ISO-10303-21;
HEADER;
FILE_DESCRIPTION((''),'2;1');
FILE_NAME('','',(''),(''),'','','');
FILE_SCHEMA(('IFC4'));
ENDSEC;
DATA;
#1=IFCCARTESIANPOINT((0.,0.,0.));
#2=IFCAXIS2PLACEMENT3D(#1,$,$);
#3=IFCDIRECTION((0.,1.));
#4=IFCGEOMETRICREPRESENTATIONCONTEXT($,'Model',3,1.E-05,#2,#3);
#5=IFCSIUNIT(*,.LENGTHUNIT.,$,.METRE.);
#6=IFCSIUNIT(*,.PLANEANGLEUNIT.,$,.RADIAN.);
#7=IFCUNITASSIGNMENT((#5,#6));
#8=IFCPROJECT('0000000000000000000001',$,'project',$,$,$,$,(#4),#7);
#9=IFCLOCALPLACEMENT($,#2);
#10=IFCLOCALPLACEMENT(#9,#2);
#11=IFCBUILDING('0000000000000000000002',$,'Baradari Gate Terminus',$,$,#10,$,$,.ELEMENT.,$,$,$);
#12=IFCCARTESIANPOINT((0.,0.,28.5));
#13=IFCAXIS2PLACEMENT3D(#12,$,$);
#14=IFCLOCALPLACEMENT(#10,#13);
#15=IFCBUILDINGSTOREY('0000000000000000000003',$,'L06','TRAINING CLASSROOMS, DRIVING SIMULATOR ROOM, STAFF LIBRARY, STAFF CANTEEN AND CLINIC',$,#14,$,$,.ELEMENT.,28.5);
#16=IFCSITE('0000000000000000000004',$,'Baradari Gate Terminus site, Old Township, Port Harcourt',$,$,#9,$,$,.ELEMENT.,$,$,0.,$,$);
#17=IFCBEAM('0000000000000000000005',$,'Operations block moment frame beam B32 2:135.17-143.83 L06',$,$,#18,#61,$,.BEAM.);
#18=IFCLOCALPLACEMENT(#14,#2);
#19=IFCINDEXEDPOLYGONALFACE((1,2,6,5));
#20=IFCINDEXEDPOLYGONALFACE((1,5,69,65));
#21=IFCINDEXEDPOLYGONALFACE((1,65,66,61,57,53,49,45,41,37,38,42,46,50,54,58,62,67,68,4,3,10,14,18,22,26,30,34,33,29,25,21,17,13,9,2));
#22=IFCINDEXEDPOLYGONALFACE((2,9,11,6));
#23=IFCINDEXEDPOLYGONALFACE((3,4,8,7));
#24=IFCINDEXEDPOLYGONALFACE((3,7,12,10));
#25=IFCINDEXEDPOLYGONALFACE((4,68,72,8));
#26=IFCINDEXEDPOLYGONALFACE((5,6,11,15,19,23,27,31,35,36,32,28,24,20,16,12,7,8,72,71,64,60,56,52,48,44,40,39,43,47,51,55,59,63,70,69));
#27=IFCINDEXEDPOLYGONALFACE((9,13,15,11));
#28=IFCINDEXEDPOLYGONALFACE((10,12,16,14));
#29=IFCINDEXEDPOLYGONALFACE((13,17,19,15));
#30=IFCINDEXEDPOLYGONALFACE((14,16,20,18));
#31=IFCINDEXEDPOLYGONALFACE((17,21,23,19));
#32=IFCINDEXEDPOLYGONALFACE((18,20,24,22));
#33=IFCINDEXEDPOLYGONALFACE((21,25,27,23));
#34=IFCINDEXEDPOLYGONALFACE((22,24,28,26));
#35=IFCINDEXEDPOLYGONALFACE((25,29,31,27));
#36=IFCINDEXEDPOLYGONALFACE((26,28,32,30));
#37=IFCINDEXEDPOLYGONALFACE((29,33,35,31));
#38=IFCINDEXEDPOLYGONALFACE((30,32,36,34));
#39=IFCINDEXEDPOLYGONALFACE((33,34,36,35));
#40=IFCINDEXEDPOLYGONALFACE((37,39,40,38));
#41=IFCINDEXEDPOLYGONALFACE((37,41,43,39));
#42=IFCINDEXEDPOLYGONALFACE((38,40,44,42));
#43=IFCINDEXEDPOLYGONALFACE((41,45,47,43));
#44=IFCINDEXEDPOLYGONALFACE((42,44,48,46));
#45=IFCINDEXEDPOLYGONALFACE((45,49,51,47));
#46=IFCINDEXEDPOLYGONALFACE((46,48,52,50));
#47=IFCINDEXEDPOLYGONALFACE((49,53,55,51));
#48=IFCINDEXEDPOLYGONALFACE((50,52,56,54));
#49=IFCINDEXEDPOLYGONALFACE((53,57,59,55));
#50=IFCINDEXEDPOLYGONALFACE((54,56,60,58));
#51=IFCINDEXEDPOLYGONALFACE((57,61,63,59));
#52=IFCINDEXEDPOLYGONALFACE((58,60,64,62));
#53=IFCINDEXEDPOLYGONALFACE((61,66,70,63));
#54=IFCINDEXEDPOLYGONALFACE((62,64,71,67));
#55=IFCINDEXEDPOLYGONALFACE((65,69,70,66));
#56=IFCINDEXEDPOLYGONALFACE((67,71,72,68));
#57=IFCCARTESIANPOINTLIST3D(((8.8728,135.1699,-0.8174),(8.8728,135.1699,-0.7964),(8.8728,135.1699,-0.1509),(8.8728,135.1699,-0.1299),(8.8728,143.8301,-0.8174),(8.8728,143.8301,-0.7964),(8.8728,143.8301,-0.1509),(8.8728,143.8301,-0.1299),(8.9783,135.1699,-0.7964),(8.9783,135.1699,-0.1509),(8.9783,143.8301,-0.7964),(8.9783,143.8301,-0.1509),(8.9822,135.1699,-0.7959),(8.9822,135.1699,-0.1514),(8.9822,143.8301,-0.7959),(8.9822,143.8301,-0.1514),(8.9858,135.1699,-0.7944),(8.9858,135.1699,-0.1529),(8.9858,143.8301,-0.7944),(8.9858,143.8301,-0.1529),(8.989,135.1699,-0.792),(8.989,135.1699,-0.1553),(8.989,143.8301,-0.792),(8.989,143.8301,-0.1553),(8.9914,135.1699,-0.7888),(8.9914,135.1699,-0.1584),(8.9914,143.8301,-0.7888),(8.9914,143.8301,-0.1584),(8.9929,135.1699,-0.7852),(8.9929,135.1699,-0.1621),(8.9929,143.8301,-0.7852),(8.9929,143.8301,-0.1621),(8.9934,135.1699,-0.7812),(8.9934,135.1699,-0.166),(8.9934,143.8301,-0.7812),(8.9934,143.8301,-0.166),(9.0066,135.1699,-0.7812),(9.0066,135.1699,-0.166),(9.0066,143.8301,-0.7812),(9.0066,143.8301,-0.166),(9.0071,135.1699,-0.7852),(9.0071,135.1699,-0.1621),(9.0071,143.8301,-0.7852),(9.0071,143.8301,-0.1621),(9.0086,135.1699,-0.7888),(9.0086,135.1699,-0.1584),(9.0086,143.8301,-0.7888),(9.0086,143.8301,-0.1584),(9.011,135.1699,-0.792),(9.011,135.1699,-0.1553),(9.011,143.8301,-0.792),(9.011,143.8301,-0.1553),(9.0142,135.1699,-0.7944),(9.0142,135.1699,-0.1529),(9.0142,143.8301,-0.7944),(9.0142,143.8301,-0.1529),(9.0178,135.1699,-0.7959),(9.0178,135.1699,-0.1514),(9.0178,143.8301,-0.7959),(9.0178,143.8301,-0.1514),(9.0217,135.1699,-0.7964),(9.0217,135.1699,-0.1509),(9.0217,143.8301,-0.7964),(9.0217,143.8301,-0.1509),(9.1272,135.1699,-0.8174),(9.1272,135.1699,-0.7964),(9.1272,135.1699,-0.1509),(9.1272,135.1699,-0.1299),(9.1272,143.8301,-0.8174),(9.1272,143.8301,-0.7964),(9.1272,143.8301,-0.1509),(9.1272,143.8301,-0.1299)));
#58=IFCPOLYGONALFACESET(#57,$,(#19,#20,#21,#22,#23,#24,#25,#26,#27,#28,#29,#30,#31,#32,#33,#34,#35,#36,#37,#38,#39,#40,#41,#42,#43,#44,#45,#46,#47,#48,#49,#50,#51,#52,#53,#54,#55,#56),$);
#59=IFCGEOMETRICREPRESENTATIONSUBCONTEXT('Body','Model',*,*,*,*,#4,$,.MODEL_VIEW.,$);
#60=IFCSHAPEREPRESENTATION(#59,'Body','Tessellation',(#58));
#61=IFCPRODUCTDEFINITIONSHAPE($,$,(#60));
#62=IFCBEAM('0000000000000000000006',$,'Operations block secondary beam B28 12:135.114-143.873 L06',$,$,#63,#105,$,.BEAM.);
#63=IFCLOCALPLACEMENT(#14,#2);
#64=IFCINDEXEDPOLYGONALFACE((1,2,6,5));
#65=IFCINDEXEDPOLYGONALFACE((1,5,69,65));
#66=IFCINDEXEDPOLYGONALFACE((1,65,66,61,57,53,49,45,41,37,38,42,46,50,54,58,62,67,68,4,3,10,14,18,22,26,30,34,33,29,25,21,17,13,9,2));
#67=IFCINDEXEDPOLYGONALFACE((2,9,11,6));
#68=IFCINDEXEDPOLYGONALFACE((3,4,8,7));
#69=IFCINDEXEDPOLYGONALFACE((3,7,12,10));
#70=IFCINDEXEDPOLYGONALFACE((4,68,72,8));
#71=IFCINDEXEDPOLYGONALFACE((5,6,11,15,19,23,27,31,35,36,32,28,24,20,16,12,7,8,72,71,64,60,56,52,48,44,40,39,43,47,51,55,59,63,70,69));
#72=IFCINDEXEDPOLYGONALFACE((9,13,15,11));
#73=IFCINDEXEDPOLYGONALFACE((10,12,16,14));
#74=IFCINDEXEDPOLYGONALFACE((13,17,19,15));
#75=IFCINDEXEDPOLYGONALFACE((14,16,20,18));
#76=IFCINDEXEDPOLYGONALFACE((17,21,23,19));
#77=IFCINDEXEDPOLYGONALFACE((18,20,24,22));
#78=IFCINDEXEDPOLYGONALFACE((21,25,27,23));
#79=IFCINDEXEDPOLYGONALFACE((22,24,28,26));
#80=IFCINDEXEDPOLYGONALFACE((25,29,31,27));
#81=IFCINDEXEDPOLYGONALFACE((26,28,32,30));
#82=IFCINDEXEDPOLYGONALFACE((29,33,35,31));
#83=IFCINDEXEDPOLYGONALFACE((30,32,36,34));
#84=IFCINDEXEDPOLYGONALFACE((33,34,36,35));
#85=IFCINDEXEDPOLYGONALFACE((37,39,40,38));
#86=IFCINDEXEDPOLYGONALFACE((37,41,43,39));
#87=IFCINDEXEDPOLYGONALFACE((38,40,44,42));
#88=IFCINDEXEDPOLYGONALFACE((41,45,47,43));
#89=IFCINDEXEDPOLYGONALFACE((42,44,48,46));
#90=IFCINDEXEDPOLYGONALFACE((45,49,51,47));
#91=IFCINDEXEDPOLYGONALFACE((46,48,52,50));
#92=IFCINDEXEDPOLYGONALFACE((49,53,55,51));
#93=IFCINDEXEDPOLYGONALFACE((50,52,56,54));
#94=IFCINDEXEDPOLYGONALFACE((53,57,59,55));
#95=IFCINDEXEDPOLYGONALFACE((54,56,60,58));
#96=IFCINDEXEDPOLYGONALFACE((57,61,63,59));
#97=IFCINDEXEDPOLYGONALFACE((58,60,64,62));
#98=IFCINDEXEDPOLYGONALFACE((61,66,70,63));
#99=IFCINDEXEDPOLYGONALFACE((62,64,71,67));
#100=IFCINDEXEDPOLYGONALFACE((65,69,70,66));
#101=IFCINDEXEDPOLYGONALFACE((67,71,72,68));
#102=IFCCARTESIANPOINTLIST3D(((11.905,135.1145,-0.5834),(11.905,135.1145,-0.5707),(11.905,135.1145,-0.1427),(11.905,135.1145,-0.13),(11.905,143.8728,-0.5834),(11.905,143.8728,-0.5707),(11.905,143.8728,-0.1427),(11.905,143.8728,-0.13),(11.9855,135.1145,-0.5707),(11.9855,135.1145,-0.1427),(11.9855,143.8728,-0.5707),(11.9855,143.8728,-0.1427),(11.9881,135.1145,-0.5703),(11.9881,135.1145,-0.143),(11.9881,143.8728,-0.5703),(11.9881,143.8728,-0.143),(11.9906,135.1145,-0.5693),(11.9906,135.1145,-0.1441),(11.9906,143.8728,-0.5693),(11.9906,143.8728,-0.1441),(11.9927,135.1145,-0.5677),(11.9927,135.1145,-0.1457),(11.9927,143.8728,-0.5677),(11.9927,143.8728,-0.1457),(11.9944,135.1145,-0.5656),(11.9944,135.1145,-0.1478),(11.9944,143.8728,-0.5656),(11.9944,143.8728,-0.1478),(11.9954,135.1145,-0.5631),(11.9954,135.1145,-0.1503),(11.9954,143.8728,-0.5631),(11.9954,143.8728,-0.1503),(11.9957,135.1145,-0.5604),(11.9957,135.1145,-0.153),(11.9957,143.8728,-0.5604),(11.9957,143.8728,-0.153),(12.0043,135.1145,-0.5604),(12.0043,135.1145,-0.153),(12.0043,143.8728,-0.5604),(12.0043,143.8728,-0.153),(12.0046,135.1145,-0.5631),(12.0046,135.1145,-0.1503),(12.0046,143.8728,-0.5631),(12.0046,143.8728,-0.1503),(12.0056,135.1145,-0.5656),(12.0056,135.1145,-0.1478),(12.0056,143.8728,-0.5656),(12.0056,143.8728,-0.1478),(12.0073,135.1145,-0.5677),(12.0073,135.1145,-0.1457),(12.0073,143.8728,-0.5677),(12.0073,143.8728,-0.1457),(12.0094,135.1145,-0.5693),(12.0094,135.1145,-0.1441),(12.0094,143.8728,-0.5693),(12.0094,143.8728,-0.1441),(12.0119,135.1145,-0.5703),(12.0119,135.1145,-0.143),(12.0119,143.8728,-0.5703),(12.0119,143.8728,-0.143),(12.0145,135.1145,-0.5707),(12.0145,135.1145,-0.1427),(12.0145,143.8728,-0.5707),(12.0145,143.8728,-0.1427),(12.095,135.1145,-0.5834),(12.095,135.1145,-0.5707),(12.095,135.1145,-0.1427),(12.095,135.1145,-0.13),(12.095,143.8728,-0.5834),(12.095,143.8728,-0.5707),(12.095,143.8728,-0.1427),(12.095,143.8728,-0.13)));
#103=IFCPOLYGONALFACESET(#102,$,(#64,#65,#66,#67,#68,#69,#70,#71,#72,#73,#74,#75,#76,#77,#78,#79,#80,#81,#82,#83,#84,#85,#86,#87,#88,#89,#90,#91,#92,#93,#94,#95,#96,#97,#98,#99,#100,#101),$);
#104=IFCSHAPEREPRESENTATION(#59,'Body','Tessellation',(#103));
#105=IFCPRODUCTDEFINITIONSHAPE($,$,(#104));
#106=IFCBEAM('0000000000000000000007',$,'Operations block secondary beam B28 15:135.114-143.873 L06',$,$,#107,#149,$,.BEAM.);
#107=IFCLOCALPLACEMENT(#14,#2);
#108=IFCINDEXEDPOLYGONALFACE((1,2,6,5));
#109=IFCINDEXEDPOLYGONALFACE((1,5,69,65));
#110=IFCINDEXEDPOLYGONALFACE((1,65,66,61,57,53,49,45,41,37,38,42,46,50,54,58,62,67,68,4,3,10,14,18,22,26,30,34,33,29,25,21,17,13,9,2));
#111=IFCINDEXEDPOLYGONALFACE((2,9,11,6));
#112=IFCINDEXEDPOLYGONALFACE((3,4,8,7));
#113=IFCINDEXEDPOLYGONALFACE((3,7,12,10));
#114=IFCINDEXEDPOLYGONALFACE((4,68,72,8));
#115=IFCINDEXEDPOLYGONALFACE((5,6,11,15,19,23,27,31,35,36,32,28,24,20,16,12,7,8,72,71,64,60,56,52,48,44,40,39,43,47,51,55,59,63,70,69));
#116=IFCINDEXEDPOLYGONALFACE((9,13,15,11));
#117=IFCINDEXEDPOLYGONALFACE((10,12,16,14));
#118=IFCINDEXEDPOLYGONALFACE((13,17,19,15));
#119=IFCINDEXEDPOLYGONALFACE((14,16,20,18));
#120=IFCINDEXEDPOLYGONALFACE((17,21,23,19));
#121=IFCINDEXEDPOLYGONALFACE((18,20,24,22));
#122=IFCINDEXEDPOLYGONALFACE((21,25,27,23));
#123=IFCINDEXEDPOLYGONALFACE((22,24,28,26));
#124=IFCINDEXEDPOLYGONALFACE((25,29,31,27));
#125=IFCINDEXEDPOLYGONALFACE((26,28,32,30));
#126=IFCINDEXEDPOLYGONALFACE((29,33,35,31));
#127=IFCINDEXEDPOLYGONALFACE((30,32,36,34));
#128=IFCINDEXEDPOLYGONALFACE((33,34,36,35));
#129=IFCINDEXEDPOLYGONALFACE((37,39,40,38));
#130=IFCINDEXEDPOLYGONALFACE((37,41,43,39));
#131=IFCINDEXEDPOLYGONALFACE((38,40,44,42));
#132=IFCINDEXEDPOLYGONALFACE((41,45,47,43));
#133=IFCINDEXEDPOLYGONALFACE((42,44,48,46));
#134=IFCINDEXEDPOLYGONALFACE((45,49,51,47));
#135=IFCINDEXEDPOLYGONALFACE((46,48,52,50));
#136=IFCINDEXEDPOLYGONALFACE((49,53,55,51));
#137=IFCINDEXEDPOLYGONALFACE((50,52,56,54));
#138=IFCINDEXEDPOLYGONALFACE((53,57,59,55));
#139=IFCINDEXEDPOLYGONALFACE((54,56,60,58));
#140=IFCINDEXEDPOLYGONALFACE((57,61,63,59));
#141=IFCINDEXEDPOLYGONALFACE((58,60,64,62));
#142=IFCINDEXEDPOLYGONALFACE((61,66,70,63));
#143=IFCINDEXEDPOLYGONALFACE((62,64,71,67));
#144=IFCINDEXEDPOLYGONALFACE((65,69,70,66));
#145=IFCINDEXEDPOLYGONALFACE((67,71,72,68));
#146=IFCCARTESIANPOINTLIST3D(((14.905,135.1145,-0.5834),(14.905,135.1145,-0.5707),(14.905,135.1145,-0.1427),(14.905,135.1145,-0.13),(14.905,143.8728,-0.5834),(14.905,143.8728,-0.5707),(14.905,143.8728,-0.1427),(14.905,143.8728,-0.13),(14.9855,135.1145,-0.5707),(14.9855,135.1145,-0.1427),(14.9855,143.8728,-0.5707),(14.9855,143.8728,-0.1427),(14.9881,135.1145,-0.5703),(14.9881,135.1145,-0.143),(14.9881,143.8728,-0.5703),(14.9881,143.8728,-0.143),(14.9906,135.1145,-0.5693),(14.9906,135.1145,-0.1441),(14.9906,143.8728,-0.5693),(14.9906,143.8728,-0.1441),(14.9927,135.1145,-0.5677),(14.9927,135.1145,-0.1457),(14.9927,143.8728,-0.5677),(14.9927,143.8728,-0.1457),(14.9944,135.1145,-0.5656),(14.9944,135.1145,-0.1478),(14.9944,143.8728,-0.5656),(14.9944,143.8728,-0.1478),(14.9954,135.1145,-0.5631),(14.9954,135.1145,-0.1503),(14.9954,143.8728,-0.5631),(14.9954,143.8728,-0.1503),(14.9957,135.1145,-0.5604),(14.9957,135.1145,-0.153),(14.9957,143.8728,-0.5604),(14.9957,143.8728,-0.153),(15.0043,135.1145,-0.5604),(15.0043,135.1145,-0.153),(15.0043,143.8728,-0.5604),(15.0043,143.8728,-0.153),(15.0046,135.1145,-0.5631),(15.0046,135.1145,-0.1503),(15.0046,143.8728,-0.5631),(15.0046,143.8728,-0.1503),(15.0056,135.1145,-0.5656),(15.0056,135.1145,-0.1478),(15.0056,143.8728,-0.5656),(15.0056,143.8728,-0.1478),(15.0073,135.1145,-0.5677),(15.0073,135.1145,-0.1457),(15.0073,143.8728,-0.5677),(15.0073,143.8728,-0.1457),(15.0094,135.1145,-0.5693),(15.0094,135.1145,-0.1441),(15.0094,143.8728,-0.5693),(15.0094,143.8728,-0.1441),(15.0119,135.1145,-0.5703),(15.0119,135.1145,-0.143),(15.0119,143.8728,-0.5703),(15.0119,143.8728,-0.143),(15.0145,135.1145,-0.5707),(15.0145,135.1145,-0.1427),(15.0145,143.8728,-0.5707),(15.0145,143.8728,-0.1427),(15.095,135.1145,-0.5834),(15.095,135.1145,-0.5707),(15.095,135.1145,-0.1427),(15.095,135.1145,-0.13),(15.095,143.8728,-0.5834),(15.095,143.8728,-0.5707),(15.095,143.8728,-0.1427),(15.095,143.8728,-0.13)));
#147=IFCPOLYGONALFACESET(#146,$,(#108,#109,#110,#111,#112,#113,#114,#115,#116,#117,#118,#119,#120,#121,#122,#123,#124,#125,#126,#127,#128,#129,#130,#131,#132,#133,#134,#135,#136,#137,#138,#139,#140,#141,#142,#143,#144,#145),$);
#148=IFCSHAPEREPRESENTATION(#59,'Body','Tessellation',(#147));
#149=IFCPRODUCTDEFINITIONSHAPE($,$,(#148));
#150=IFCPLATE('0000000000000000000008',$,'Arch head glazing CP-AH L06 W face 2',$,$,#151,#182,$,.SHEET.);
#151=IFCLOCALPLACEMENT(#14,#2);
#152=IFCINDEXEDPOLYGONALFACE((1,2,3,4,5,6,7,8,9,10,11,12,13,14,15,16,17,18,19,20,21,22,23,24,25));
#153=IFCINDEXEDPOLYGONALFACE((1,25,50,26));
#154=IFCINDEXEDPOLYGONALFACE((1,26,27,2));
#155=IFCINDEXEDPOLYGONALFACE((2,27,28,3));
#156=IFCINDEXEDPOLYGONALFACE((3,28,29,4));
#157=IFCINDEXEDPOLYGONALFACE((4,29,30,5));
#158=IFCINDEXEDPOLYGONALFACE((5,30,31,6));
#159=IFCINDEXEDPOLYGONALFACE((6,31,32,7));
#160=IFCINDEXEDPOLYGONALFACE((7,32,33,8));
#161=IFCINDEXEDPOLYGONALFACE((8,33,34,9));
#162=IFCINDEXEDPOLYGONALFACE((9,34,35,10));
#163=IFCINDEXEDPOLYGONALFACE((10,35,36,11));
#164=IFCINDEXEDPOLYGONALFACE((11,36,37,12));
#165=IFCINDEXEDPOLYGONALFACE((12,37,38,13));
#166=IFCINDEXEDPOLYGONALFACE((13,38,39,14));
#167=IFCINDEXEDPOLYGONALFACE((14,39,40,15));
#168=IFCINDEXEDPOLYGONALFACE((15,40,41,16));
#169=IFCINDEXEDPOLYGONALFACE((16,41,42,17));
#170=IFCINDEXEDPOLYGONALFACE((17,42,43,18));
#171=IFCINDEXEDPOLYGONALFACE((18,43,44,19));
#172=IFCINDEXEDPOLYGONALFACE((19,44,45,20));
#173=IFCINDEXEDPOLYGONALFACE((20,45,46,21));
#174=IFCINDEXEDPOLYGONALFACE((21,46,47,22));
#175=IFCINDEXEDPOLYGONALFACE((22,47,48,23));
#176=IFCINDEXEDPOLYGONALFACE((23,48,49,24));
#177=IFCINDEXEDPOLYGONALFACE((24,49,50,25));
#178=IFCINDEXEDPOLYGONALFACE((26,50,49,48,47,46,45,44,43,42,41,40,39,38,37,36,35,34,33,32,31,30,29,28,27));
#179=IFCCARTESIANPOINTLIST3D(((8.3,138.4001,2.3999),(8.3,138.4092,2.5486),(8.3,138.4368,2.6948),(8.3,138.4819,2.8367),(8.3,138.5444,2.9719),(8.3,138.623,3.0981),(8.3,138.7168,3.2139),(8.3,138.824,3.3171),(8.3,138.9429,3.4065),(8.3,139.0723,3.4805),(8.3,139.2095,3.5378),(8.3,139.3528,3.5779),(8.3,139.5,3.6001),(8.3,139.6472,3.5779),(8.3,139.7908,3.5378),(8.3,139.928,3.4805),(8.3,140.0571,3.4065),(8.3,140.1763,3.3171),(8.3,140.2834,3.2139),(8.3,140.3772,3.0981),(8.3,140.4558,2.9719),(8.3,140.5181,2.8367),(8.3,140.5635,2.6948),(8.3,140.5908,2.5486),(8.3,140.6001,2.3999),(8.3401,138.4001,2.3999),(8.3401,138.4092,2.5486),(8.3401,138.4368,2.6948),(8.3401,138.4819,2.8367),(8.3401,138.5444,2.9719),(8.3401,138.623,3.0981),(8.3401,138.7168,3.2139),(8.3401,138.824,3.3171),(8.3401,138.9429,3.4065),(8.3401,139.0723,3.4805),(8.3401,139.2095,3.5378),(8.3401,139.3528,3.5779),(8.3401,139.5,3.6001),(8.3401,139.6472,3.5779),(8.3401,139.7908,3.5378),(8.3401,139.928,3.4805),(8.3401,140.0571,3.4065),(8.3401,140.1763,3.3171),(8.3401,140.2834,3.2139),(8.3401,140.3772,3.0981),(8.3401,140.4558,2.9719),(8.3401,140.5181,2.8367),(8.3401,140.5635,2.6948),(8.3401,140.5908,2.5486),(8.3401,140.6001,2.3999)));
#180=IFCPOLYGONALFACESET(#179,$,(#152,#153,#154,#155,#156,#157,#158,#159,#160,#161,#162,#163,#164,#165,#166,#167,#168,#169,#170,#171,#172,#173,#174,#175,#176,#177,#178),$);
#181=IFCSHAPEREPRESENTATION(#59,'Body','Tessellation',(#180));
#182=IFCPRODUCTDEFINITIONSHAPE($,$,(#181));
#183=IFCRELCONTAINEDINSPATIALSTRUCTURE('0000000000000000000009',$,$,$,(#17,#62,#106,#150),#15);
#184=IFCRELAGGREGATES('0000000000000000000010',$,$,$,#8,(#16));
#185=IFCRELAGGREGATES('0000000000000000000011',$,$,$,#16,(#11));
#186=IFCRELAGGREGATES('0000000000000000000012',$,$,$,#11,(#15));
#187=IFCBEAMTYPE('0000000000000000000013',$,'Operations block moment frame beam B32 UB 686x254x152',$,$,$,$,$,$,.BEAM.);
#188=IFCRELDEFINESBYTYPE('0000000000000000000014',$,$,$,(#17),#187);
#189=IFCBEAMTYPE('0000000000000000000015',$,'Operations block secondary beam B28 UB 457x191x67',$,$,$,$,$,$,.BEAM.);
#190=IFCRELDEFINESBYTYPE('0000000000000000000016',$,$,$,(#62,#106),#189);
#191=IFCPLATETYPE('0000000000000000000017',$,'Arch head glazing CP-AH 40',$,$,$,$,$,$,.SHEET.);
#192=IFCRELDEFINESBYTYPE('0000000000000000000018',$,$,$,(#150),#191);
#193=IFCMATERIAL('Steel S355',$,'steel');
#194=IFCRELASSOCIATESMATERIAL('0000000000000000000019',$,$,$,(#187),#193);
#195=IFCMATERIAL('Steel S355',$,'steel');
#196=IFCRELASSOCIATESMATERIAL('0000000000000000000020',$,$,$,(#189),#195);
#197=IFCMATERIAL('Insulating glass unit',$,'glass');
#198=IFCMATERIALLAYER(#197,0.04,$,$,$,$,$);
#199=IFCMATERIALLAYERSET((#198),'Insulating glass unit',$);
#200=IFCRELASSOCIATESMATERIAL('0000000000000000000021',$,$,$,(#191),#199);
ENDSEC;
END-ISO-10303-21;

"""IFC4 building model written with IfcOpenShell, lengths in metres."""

from ifc_helpers import new_model, si_unit, direction, frame, origin, origin_2d, place, context, subcontext, project, spatial, polyline, i_section, outline, extrude, material, layer, layer_set, material_profile, profile_set, type_object, element, save


model = new_model("IFC4")

# Units and contexts
model_context = context("Model", 3, precision=1e-05, world=origin(), true_north=direction((0.0, 1.0)))
body_context = subcontext(model_context, "Body", "Model", "MODEL_VIEW")
ifc_project = project(units=[si_unit("LENGTHUNIT", "METRE"), si_unit("PLANEANGLEUNIT", "RADIAN")], contexts=[model_context])

# Site, building, storey
site_placement = place(None, origin())
site = spatial("IfcSite", under=ifc_project, at=site_placement, Name="Baradari Gate Terminus site, Old Township, Port Harcourt", CompositionType="ELEMENT", RefElevation=0.0)
building_placement = place(site_placement, origin())
building = spatial("IfcBuilding", under=site, at=building_placement, Name="Baradari Gate Terminus", CompositionType="ELEMENT")
storey_placement = place(building_placement, frame((0.0, 0.0, 28.5)))
storey = spatial("IfcBuildingStorey", under=building, at=storey_placement, Name="L06", Description="TRAINING CLASSROOMS, DRIVING SIMULATOR ROOM, STAFF LIBRARY, STAFF CANTEEN AND CLINIC", CompositionType="ELEMENT", Elevation=28.5)

# Beams
ifc_material_1 = material(Name="Steel S355", Category="steel")
ifc_material_profile_1 = material_profile(ifc_material_1, i_section(OverallWidth=0.2544, OverallDepth=0.6875, WebThickness=0.0132, FlangeThickness=0.021, FilletRadius=0.0151, at=origin_2d()), Name="UB 686x254x152")
ifc_profile_set_1 = profile_set([ifc_material_profile_1], Name="Steel S355")
beam_type_1 = type_object("IfcBeamType", Name="Operations block moment frame beam B32 UB 686x254x152", PredefinedType="BEAM", material=ifc_profile_set_1)
beam_1_placement = place(storey_placement, frame((9.0, 135.1699, -0.4736), z_axis=(0.0, 1.0, 0.0), x_axis=(-1.0, 0.0, 0.0)))
element("IfcBeam", 1, at=beam_1_placement, inside=storey, type_object=beam_type_1, Name="Operations block moment frame beam B32 2:135.17-143.83 L06", PredefinedType="BEAM", context=body_context, shape_type="SweptSolid", body=[
    extrude(i_section(OverallWidth=0.2544, OverallDepth=0.6875, WebThickness=0.0132, FlangeThickness=0.021, FilletRadius=0.0151, at=origin_2d()), origin(), (0.0, 0.0, 1.0), 8.6602),
])
ifc_material_2 = material(Name="Steel S355", Category="steel")
ifc_material_profile_2 = material_profile(ifc_material_2, i_section(OverallWidth=0.1899, OverallDepth=0.4534, WebThickness=0.0085, FlangeThickness=0.0127, FilletRadius=0.0103, at=origin_2d()), Name="UB 457x191x67")
ifc_profile_set_2 = profile_set([ifc_material_profile_2], Name="Steel S355")
beam_type_2 = type_object("IfcBeamType", Name="Operations block secondary beam B28 UB 457x191x67", PredefinedType="BEAM", material=ifc_profile_set_2)
for number, where, z_axis, x_axis, name in (
    (2, (12.0, 135.1145, -0.3567), (0.0, 1.0, 0.0), (-1.0, 0.0, 0.0), "Operations block secondary beam B28 12:135.114-143.873 L06"),
    (3, (15.0, 135.1145, -0.3567), (0.0, 1.0, 0.0), (-1.0, 0.0, 0.0), "Operations block secondary beam B28 15:135.114-143.873 L06"),
):
    element("IfcBeam", number, at=place(storey_placement, frame(where, z_axis=z_axis, x_axis=x_axis)), inside=storey, type_object=beam_type_2, Name=name, PredefinedType="BEAM", context=body_context, shape_type="SweptSolid", body=[
        extrude(i_section(OverallWidth=0.1899, OverallDepth=0.4534, WebThickness=0.0085, FlangeThickness=0.0127, FilletRadius=0.0103, at=origin_2d()), origin(), (0.0, 0.0, 1.0), 8.7583),
    ])

# Plate
ifc_material_3 = material(Name="Insulating glass unit", Category="glass")
ifc_layer_1 = layer(ifc_material_3, 0.04)
ifc_layer_set_1 = layer_set([ifc_layer_1], Name="Insulating glass unit")
plate_type_1 = type_object("IfcPlateType", Name="Arch head glazing CP-AH 40", PredefinedType="SHEET", material=ifc_layer_set_1)
for number, where, z_axis, x_axis, name in (
    (4, (8.3201, 140.6001, 2.3999), (0.0, 0.0, 1.0), (0.0, -1.0, 0.0), "Arch head glazing CP-AH L06 W face 2"),
):
    element("IfcPlate", number, at=place(storey_placement, frame(where, z_axis=z_axis, x_axis=x_axis)), inside=storey, type_object=plate_type_1, Name=name, PredefinedType="SHEET", context=body_context, shape_type="SweptSolid", body=[
        extrude(outline(polyline([(0.0, 0.0), (2.2, 0.0), (2.1909, 0.1487), (2.1633, 0.2949), (2.1182, 0.4368), (2.0557, 0.572), (1.9771, 0.6982), (1.8833, 0.814), (1.7761, 0.9172), (1.6572, 1.0066), (1.5278, 1.0806), (1.3906, 1.1379), (1.2473, 1.178), (1.1001, 1.2002), (0.9529, 1.178), (0.8093, 1.1379), (0.6721, 1.0806), (0.543, 1.0066), (0.4238, 0.9172), (0.3167, 0.814), (0.2229, 0.6982), (0.1443, 0.572), (0.082, 0.4368), (0.0366, 0.2949), (0.0093, 0.1487), (0.0, 0.0)])), frame((0.0, 0.02, 0.0), z_axis=(0.0, -1.0, 0.0), x_axis=(1.0, 0.0, 0.0)), (0.0, 0.0, 1.0), 0.04),
    ])

save(model, "model.ifc")
